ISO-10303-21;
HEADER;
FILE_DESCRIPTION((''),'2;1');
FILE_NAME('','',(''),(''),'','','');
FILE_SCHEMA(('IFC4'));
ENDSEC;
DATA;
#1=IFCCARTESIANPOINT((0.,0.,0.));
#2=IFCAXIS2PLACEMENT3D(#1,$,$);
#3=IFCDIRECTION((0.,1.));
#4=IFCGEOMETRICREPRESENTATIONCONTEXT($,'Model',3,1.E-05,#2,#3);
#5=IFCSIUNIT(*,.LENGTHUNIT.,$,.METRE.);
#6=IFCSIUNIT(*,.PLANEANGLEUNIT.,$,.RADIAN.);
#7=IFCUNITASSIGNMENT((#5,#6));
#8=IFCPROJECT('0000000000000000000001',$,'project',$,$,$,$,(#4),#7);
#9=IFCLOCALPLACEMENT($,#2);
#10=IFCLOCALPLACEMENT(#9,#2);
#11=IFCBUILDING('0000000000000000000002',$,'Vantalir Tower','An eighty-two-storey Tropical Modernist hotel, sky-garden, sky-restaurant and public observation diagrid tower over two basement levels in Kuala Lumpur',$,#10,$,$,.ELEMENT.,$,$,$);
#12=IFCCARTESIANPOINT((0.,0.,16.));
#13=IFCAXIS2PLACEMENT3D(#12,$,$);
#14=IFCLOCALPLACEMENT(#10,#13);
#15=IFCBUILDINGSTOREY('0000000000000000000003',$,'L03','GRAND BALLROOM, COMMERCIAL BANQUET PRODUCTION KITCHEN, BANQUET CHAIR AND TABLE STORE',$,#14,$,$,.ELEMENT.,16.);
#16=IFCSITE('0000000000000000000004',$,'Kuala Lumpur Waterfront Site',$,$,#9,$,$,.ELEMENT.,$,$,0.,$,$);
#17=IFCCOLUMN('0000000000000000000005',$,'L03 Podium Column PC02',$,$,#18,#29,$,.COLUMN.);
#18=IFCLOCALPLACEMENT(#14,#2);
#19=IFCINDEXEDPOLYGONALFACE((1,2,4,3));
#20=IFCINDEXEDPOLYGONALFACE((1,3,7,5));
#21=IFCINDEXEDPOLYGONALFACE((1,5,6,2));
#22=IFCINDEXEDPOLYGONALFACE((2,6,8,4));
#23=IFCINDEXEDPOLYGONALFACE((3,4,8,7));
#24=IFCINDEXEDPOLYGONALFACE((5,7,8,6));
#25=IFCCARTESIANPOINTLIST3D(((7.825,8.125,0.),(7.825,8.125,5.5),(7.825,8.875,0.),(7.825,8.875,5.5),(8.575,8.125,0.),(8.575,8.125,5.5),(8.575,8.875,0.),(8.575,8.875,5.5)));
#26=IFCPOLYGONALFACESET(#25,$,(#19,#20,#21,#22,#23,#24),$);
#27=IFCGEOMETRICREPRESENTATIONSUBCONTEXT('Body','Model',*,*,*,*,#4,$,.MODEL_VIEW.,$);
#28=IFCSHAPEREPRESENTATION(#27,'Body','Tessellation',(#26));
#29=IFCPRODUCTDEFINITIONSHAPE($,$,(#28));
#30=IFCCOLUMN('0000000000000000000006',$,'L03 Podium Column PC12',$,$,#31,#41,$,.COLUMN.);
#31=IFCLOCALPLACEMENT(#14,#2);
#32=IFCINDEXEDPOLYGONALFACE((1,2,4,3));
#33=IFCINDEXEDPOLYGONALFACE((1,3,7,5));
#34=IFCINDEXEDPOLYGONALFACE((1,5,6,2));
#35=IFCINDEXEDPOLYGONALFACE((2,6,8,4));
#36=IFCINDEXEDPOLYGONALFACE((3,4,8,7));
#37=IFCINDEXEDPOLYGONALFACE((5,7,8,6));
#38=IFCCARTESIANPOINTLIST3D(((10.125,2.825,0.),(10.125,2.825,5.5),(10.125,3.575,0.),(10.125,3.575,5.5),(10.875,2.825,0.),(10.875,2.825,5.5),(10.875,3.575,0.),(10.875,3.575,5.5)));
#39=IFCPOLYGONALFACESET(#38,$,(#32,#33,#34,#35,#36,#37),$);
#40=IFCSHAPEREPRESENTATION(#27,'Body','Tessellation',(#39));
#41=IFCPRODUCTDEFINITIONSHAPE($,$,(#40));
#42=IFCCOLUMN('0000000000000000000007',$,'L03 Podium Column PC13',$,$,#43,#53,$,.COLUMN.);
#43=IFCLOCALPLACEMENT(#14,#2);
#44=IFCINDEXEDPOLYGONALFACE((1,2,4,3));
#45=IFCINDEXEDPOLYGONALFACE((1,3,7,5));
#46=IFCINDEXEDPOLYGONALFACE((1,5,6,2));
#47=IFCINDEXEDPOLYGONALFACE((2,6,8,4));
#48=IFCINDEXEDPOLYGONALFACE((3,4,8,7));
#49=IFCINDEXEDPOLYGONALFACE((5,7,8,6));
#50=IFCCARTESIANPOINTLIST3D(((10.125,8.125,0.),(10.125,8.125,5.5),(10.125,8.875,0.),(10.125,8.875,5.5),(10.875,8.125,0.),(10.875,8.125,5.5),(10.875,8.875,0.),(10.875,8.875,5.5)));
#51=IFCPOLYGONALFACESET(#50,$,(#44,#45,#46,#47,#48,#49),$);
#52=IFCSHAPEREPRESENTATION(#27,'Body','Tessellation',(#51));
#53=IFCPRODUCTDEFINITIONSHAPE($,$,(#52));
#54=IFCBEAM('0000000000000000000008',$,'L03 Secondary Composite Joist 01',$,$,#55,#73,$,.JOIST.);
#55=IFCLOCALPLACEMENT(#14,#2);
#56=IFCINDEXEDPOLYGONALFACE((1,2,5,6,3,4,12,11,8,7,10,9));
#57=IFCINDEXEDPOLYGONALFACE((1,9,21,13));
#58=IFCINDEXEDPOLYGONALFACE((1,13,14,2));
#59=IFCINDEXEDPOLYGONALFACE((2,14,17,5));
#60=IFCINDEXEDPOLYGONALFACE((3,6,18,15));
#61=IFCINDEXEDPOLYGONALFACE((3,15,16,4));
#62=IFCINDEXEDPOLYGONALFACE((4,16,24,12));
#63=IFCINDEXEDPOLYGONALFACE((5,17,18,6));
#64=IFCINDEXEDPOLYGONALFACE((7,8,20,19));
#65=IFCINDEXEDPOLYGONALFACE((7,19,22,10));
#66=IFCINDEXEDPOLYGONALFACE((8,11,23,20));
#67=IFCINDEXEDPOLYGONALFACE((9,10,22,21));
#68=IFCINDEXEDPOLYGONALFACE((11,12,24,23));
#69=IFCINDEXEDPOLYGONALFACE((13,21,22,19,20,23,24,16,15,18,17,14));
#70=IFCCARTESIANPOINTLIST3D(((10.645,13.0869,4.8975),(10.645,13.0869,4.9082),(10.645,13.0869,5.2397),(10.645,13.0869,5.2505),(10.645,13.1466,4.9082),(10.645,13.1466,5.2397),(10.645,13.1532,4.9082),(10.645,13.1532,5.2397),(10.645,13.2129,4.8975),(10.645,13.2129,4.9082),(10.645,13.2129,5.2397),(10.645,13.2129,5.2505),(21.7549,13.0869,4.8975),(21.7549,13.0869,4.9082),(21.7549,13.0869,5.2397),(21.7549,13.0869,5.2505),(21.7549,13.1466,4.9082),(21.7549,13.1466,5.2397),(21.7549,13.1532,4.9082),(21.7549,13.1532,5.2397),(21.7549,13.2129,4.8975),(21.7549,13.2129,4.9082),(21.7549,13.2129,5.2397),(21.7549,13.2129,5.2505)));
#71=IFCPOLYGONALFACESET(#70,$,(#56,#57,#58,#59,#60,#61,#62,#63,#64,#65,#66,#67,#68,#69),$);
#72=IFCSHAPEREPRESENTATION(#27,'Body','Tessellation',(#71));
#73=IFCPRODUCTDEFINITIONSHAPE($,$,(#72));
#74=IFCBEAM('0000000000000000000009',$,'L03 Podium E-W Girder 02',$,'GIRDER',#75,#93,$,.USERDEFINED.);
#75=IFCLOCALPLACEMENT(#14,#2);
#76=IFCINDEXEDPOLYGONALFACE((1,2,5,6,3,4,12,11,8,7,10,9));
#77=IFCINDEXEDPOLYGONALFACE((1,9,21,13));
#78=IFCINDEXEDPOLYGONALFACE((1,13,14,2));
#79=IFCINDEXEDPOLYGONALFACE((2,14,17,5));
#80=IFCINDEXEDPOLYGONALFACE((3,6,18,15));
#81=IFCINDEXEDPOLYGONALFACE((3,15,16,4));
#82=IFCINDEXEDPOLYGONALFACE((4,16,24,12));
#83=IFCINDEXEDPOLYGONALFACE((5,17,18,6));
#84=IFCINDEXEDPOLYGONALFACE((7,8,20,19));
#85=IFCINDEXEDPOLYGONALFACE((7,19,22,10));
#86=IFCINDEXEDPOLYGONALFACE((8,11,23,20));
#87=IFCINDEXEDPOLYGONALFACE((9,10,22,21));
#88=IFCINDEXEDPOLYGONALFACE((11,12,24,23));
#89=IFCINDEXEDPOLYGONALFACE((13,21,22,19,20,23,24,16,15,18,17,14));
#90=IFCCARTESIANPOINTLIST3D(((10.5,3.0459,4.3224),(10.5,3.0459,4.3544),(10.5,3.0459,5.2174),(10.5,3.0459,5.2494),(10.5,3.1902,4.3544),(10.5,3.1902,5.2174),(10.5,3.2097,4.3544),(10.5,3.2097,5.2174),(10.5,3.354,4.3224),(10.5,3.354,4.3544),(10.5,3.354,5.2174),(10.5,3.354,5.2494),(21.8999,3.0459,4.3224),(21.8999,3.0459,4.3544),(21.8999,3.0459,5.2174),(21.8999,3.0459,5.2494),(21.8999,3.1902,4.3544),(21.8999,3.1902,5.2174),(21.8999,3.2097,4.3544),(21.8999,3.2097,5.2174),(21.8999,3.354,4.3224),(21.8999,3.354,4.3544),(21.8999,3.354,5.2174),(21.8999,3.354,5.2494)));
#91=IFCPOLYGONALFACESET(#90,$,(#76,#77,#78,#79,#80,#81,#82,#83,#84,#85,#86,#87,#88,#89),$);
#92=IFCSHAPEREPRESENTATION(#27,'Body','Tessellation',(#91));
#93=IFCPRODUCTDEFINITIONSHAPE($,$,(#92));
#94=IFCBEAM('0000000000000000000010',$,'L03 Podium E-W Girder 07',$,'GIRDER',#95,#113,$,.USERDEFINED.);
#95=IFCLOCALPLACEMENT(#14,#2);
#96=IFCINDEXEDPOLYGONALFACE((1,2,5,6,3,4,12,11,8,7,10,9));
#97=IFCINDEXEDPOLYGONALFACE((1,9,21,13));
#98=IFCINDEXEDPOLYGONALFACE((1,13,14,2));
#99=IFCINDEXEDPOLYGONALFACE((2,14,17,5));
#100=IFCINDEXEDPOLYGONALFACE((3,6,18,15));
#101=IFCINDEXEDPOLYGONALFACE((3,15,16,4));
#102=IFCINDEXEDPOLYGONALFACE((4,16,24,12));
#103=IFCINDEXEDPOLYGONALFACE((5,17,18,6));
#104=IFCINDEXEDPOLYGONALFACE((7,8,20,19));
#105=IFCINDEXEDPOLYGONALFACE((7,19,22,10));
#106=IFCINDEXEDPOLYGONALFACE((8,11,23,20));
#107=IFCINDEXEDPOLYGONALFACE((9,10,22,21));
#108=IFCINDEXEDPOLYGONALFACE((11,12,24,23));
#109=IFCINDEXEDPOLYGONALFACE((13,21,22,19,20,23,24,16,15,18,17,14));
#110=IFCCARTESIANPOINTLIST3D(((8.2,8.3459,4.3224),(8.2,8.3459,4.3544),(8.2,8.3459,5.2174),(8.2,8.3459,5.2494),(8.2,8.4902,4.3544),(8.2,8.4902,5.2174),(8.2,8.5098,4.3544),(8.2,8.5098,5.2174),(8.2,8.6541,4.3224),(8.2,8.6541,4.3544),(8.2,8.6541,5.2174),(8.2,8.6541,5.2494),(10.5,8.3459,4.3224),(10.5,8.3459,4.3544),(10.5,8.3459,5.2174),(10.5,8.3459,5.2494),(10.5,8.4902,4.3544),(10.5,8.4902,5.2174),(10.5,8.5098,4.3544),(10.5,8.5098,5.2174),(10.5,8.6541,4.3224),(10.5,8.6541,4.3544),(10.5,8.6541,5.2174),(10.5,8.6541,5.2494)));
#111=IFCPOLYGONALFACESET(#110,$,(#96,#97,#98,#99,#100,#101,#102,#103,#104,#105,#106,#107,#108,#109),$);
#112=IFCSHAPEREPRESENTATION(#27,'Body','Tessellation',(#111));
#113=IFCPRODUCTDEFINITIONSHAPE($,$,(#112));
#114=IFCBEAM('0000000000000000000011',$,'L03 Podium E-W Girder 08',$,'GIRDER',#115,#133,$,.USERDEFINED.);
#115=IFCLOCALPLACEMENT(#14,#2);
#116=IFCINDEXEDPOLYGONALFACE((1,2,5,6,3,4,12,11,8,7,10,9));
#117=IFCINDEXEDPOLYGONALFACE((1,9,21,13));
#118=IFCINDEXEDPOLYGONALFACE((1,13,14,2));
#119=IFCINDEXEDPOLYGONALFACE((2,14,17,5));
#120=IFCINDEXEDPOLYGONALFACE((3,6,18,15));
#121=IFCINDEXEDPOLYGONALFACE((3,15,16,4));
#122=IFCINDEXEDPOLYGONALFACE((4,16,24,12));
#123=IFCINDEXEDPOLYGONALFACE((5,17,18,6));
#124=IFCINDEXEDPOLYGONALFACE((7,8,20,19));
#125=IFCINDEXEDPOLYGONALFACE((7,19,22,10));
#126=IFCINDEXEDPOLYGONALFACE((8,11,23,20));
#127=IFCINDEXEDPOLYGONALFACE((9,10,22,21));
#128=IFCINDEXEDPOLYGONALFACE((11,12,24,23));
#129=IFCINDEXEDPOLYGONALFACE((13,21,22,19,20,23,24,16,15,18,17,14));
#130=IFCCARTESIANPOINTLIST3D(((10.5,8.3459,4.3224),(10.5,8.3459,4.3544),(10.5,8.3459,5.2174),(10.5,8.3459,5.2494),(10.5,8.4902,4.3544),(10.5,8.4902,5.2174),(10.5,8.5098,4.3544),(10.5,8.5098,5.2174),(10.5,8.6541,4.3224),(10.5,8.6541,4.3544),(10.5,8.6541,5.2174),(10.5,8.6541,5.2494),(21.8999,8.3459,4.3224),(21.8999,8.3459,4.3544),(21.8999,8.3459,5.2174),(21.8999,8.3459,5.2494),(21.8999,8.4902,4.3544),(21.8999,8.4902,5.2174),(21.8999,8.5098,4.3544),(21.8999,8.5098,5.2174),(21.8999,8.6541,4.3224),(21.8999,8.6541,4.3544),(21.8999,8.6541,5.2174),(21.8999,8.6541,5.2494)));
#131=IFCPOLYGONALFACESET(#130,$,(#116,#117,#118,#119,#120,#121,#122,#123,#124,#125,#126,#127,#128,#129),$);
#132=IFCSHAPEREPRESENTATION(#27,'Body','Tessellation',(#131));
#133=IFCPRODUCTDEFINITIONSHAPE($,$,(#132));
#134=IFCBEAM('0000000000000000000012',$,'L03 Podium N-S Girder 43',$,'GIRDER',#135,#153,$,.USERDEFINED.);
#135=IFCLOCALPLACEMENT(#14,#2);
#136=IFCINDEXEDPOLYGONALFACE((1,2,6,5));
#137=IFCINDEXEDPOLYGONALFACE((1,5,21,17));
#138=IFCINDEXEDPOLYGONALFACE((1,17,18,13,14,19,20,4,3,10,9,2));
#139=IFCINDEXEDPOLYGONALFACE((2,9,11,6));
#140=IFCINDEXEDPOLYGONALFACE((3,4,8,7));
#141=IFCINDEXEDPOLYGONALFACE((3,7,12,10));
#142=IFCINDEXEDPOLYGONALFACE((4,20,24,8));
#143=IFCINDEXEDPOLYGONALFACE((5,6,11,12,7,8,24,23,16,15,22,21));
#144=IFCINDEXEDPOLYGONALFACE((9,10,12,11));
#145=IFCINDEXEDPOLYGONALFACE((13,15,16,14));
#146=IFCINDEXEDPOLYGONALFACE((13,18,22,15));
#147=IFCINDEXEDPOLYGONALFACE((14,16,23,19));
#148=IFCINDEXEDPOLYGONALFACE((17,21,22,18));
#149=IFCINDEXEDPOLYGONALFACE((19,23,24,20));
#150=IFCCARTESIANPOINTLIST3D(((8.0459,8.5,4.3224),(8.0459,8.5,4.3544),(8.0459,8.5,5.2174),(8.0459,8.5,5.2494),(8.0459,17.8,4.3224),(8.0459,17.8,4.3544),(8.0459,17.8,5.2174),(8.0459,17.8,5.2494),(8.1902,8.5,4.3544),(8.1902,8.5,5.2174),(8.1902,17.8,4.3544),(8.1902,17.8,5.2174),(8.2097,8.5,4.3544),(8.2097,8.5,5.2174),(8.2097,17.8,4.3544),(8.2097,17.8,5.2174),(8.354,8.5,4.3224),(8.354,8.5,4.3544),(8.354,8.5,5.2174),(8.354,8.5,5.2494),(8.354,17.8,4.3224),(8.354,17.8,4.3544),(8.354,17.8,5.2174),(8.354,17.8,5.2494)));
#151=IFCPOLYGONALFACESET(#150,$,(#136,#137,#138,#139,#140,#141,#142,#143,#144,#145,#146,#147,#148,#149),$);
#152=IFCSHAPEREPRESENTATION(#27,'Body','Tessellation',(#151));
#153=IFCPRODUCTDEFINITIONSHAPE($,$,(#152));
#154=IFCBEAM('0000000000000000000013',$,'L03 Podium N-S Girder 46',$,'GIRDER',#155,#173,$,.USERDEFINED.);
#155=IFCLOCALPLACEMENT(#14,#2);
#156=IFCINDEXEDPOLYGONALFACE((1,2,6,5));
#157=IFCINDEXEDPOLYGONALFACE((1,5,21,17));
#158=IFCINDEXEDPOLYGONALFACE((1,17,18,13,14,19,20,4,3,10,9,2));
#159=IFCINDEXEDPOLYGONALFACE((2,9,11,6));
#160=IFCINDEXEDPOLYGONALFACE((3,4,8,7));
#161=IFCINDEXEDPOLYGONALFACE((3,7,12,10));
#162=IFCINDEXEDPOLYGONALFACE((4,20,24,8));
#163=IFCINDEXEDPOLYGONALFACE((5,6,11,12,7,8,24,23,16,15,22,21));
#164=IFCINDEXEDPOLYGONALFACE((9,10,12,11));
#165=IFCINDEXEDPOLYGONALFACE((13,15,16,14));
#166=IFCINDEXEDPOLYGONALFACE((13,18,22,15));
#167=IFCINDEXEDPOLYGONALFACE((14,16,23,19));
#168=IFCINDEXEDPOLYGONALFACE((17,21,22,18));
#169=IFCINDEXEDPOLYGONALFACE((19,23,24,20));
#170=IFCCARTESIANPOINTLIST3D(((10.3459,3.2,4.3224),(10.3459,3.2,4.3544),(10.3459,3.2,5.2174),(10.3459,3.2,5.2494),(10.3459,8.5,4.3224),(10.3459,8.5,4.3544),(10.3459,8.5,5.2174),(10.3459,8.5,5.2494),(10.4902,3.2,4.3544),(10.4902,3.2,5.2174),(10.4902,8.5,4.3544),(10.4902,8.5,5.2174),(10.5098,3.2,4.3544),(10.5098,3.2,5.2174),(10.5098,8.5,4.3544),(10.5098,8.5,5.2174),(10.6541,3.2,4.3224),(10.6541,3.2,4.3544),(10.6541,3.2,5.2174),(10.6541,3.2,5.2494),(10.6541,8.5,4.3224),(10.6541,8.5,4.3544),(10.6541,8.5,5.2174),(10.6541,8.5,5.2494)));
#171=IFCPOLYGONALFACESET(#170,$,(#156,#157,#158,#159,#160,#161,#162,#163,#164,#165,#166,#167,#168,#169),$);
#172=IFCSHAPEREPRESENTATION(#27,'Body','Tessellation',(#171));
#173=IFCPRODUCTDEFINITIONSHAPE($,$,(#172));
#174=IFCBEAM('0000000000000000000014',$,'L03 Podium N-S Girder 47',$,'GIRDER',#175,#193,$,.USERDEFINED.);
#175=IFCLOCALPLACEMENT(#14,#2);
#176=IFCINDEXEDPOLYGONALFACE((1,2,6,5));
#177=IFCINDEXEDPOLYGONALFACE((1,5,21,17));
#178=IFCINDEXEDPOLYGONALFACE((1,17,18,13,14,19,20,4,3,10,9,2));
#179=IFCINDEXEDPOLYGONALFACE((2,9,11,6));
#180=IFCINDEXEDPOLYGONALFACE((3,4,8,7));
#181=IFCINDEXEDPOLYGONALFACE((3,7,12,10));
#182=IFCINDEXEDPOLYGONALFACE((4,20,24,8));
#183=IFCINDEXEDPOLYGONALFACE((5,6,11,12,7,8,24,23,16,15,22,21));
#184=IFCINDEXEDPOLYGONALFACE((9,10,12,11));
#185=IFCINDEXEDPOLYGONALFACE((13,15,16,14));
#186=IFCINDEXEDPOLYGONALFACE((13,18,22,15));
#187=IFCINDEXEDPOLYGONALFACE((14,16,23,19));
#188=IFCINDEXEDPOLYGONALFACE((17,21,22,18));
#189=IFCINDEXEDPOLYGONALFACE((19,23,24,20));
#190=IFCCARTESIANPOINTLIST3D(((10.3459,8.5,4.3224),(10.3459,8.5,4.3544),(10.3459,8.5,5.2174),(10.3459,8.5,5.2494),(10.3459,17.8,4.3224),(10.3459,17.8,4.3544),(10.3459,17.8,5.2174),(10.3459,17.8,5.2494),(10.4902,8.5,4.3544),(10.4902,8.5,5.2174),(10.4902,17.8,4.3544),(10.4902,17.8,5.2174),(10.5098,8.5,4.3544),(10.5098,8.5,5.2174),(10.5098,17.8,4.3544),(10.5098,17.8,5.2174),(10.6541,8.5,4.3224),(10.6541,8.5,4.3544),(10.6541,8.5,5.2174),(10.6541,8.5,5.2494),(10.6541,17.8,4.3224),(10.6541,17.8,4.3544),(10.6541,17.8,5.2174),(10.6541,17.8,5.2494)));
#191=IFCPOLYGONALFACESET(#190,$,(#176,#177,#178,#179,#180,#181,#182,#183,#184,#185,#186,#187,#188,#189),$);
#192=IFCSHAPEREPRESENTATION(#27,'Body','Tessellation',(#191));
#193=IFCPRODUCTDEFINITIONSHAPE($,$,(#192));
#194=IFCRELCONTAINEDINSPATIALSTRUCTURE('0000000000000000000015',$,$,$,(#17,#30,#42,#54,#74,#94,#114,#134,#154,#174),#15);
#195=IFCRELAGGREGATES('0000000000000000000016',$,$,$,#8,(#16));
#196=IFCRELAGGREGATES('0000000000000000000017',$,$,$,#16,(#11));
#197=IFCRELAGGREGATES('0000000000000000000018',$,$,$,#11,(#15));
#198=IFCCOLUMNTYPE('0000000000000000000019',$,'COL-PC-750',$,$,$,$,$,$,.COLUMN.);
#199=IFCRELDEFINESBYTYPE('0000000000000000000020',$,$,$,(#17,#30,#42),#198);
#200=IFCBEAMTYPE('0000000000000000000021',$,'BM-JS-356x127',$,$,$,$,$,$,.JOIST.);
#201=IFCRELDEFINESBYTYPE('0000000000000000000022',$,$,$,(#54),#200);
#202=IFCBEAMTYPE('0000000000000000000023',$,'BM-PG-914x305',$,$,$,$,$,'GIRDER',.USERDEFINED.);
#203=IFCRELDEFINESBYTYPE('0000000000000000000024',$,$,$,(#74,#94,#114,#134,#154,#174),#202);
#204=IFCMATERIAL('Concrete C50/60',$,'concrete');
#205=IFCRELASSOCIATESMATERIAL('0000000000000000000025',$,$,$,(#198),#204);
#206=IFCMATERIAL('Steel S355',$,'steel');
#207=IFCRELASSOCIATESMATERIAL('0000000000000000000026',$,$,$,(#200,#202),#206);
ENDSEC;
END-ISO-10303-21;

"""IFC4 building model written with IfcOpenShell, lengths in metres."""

from ifc_helpers import new_model, si_unit, direction, frame, origin, origin_2d, place, context, subcontext, project, spatial, rectangle, i_section, extrude, material, material_profile, profile_set, type_object, element, save


model = new_model("IFC4")

# Units and contexts
model_context = context("Model", 3, precision=1e-05, world=origin(), true_north=direction((0.0, 1.0)))
body_context = subcontext(model_context, "Body", "Model", "MODEL_VIEW")
ifc_project = project(units=[si_unit("LENGTHUNIT", "METRE"), si_unit("PLANEANGLEUNIT", "RADIAN")], contexts=[model_context])

# Site, building, storey
site_placement = place(None, origin())
site = spatial("IfcSite", under=ifc_project, at=site_placement, Name="Kuala Lumpur Waterfront Site", CompositionType="ELEMENT", RefElevation=0.0)
building_placement = place(site_placement, origin())
building = spatial("IfcBuilding", under=site, at=building_placement, Name="Vantalir Tower", Description="An eighty-two-storey Tropical Modernist hotel, sky-garden, sky-restaurant and public observation diagrid tower over two basement levels in Kuala Lumpur", CompositionType="ELEMENT")
storey_placement = place(building_placement, frame((0.0, 0.0, 16.0)))
storey = spatial("IfcBuildingStorey", under=building, at=storey_placement, Name="L03", Description="GRAND BALLROOM, COMMERCIAL BANQUET PRODUCTION KITCHEN, BANQUET CHAIR AND TABLE STORE", CompositionType="ELEMENT", Elevation=16.0)

# Columns
ifc_material_1 = material(Name="Concrete C50/60", Category="concrete")
ifc_material_profile_1 = material_profile(ifc_material_1, rectangle(XDim=0.75, YDim=0.75, at=origin_2d()), Name="Concrete C50/60")
ifc_profile_set_1 = profile_set([ifc_material_profile_1], Name="Concrete C50/60")
column_type = type_object("IfcColumnType", Name="COL-PC-750", PredefinedType="COLUMN", material=ifc_profile_set_1)
for number, where, z_axis, x_axis, name in (
    (1, (8.2, 8.5, 0.0), (0.0, 0.0, 1.0), (1.0, 0.0, 0.0), "L03 Podium Column PC02"),
    (2, (10.5, 3.2, 0.0), (0.0, 0.0, 1.0), (1.0, 0.0, 0.0), "L03 Podium Column PC12"),
    (3, (10.5, 8.5, 0.0), (0.0, 0.0, 1.0), (1.0, 0.0, 0.0), "L03 Podium Column PC13"),
):
    element("IfcColumn", number, at=place(storey_placement, frame(where, z_axis=z_axis, x_axis=x_axis)), inside=storey, type_object=column_type, Name=name, PredefinedType="COLUMN", context=body_context, shape_type="SweptSolid", body=[
        extrude(rectangle(XDim=0.75, YDim=0.75, at=origin_2d()), origin(), (0.0, 0.0, 1.0), 5.5),
    ])

# Beams
ifc_material_2 = material(Name="Steel S355", Category="steel")
ifc_material_profile_2 = material_profile(ifc_material_2, i_section(OverallWidth=0.126, OverallDepth=0.353, WebThickness=0.0066, FlangeThickness=0.0107, at=origin_2d()), Name="Steel S355")
ifc_profile_set_2 = profile_set([ifc_material_profile_2], Name="Steel S355")
beam_type_1 = type_object("IfcBeamType", Name="BM-JS-356x127", PredefinedType="JOIST", material=ifc_profile_set_2)
beam_1_placement = place(storey_placement, frame((10.645, 13.1499, 5.074), z_axis=(1.0, 0.0, 0.0), x_axis=(0.0, 1.0, 0.0)))
element("IfcBeam", 4, at=beam_1_placement, inside=storey, type_object=beam_type_1, Name="L03 Secondary Composite Joist 01", PredefinedType="JOIST", context=body_context, shape_type="SweptSolid", body=[
    extrude(i_section(OverallWidth=0.126, OverallDepth=0.353, WebThickness=0.0066, FlangeThickness=0.0107, at=origin_2d()), origin(), (0.0, 0.0, 1.0), 11.1099),
])
ifc_material_profile_3 = material_profile(ifc_material_2, i_section(OverallWidth=0.3081, OverallDepth=0.927, WebThickness=0.0195, FlangeThickness=0.032, at=origin_2d()), Name="Steel S355")
ifc_profile_set_3 = profile_set([ifc_material_profile_3], Name="Steel S355")
beam_type_2 = type_object("IfcBeamType", Name="BM-PG-914x305", ElementType="GIRDER", PredefinedType="USERDEFINED", material=ifc_profile_set_3)
beam_2_placement = place(storey_placement, frame((10.5, 3.2, 4.7859), z_axis=(1.0, 0.0, 0.0), x_axis=(0.0, 1.0, 0.0)))
element("IfcBeam", 5, at=beam_2_placement, inside=storey, type_object=beam_type_2, Name="L03 Podium E-W Girder 02", ObjectType="GIRDER", PredefinedType="USERDEFINED", context=body_context, shape_type="SweptSolid", body=[
    extrude(i_section(OverallWidth=0.3081, OverallDepth=0.927, WebThickness=0.0195, FlangeThickness=0.032, at=origin_2d()), origin(), (0.0, 0.0, 1.0), 11.3999),
])
beam_3_placement = place(storey_placement, frame((8.2, 8.5, 4.7859), z_axis=(1.0, 0.0, 0.0), x_axis=(0.0, 1.0, 0.0)))
element("IfcBeam", 6, at=beam_3_placement, inside=storey, type_object=beam_type_2, Name="L03 Podium E-W Girder 07", ObjectType="GIRDER", PredefinedType="USERDEFINED", context=body_context, shape_type="SweptSolid", body=[
    extrude(i_section(OverallWidth=0.3081, OverallDepth=0.927, WebThickness=0.0195, FlangeThickness=0.032, at=origin_2d()), origin(), (0.0, 0.0, 1.0), 2.3),
])
beam_4_placement = place(storey_placement, frame((10.5, 8.5, 4.7859), z_axis=(1.0, 0.0, 0.0), x_axis=(0.0, 1.0, 0.0)))
element("IfcBeam", 7, at=beam_4_placement, inside=storey, type_object=beam_type_2, Name="L03 Podium E-W Girder 08", ObjectType="GIRDER", PredefinedType="USERDEFINED", context=body_context, shape_type="SweptSolid", body=[
    extrude(i_section(OverallWidth=0.3081, OverallDepth=0.927, WebThickness=0.0195, FlangeThickness=0.032, at=origin_2d()), origin(), (0.0, 0.0, 1.0), 11.3999),
])
beam_5_placement = place(storey_placement, frame((8.2, 8.5, 4.7859), z_axis=(0.0, 1.0, 0.0), x_axis=(-1.0, 0.0, 0.0)))
element("IfcBeam", 8, at=beam_5_placement, inside=storey, type_object=beam_type_2, Name="L03 Podium N-S Girder 43", ObjectType="GIRDER", PredefinedType="USERDEFINED", context=body_context, shape_type="SweptSolid", body=[
    extrude(i_section(OverallWidth=0.3081, OverallDepth=0.927, WebThickness=0.0195, FlangeThickness=0.032, at=origin_2d()), origin(), (0.0, 0.0, 1.0), 9.3),
])
beam_6_placement = place(storey_placement, frame((10.5, 3.2, 4.7859), z_axis=(0.0, 1.0, 0.0), x_axis=(-1.0, 0.0, 0.0)))
element("IfcBeam", 9, at=beam_6_placement, inside=storey, type_object=beam_type_2, Name="L03 Podium N-S Girder 46", ObjectType="GIRDER", PredefinedType="USERDEFINED", context=body_context, shape_type="SweptSolid", body=[
    extrude(i_section(OverallWidth=0.3081, OverallDepth=0.927, WebThickness=0.0195, FlangeThickness=0.032, at=origin_2d()), origin(), (0.0, 0.0, 1.0), 5.3),
])
beam_7_placement = place(storey_placement, frame((10.5, 8.5, 4.7859), z_axis=(0.0, 1.0, 0.0), x_axis=(-1.0, 0.0, 0.0)))
element("IfcBeam", 10, at=beam_7_placement, inside=storey, type_object=beam_type_2, Name="L03 Podium N-S Girder 47", ObjectType="GIRDER", PredefinedType="USERDEFINED", context=body_context, shape_type="SweptSolid", body=[
    extrude(i_section(OverallWidth=0.3081, OverallDepth=0.927, WebThickness=0.0195, FlangeThickness=0.032, at=origin_2d()), origin(), (0.0, 0.0, 1.0), 9.3),
])

save(model, "model.ifc")
